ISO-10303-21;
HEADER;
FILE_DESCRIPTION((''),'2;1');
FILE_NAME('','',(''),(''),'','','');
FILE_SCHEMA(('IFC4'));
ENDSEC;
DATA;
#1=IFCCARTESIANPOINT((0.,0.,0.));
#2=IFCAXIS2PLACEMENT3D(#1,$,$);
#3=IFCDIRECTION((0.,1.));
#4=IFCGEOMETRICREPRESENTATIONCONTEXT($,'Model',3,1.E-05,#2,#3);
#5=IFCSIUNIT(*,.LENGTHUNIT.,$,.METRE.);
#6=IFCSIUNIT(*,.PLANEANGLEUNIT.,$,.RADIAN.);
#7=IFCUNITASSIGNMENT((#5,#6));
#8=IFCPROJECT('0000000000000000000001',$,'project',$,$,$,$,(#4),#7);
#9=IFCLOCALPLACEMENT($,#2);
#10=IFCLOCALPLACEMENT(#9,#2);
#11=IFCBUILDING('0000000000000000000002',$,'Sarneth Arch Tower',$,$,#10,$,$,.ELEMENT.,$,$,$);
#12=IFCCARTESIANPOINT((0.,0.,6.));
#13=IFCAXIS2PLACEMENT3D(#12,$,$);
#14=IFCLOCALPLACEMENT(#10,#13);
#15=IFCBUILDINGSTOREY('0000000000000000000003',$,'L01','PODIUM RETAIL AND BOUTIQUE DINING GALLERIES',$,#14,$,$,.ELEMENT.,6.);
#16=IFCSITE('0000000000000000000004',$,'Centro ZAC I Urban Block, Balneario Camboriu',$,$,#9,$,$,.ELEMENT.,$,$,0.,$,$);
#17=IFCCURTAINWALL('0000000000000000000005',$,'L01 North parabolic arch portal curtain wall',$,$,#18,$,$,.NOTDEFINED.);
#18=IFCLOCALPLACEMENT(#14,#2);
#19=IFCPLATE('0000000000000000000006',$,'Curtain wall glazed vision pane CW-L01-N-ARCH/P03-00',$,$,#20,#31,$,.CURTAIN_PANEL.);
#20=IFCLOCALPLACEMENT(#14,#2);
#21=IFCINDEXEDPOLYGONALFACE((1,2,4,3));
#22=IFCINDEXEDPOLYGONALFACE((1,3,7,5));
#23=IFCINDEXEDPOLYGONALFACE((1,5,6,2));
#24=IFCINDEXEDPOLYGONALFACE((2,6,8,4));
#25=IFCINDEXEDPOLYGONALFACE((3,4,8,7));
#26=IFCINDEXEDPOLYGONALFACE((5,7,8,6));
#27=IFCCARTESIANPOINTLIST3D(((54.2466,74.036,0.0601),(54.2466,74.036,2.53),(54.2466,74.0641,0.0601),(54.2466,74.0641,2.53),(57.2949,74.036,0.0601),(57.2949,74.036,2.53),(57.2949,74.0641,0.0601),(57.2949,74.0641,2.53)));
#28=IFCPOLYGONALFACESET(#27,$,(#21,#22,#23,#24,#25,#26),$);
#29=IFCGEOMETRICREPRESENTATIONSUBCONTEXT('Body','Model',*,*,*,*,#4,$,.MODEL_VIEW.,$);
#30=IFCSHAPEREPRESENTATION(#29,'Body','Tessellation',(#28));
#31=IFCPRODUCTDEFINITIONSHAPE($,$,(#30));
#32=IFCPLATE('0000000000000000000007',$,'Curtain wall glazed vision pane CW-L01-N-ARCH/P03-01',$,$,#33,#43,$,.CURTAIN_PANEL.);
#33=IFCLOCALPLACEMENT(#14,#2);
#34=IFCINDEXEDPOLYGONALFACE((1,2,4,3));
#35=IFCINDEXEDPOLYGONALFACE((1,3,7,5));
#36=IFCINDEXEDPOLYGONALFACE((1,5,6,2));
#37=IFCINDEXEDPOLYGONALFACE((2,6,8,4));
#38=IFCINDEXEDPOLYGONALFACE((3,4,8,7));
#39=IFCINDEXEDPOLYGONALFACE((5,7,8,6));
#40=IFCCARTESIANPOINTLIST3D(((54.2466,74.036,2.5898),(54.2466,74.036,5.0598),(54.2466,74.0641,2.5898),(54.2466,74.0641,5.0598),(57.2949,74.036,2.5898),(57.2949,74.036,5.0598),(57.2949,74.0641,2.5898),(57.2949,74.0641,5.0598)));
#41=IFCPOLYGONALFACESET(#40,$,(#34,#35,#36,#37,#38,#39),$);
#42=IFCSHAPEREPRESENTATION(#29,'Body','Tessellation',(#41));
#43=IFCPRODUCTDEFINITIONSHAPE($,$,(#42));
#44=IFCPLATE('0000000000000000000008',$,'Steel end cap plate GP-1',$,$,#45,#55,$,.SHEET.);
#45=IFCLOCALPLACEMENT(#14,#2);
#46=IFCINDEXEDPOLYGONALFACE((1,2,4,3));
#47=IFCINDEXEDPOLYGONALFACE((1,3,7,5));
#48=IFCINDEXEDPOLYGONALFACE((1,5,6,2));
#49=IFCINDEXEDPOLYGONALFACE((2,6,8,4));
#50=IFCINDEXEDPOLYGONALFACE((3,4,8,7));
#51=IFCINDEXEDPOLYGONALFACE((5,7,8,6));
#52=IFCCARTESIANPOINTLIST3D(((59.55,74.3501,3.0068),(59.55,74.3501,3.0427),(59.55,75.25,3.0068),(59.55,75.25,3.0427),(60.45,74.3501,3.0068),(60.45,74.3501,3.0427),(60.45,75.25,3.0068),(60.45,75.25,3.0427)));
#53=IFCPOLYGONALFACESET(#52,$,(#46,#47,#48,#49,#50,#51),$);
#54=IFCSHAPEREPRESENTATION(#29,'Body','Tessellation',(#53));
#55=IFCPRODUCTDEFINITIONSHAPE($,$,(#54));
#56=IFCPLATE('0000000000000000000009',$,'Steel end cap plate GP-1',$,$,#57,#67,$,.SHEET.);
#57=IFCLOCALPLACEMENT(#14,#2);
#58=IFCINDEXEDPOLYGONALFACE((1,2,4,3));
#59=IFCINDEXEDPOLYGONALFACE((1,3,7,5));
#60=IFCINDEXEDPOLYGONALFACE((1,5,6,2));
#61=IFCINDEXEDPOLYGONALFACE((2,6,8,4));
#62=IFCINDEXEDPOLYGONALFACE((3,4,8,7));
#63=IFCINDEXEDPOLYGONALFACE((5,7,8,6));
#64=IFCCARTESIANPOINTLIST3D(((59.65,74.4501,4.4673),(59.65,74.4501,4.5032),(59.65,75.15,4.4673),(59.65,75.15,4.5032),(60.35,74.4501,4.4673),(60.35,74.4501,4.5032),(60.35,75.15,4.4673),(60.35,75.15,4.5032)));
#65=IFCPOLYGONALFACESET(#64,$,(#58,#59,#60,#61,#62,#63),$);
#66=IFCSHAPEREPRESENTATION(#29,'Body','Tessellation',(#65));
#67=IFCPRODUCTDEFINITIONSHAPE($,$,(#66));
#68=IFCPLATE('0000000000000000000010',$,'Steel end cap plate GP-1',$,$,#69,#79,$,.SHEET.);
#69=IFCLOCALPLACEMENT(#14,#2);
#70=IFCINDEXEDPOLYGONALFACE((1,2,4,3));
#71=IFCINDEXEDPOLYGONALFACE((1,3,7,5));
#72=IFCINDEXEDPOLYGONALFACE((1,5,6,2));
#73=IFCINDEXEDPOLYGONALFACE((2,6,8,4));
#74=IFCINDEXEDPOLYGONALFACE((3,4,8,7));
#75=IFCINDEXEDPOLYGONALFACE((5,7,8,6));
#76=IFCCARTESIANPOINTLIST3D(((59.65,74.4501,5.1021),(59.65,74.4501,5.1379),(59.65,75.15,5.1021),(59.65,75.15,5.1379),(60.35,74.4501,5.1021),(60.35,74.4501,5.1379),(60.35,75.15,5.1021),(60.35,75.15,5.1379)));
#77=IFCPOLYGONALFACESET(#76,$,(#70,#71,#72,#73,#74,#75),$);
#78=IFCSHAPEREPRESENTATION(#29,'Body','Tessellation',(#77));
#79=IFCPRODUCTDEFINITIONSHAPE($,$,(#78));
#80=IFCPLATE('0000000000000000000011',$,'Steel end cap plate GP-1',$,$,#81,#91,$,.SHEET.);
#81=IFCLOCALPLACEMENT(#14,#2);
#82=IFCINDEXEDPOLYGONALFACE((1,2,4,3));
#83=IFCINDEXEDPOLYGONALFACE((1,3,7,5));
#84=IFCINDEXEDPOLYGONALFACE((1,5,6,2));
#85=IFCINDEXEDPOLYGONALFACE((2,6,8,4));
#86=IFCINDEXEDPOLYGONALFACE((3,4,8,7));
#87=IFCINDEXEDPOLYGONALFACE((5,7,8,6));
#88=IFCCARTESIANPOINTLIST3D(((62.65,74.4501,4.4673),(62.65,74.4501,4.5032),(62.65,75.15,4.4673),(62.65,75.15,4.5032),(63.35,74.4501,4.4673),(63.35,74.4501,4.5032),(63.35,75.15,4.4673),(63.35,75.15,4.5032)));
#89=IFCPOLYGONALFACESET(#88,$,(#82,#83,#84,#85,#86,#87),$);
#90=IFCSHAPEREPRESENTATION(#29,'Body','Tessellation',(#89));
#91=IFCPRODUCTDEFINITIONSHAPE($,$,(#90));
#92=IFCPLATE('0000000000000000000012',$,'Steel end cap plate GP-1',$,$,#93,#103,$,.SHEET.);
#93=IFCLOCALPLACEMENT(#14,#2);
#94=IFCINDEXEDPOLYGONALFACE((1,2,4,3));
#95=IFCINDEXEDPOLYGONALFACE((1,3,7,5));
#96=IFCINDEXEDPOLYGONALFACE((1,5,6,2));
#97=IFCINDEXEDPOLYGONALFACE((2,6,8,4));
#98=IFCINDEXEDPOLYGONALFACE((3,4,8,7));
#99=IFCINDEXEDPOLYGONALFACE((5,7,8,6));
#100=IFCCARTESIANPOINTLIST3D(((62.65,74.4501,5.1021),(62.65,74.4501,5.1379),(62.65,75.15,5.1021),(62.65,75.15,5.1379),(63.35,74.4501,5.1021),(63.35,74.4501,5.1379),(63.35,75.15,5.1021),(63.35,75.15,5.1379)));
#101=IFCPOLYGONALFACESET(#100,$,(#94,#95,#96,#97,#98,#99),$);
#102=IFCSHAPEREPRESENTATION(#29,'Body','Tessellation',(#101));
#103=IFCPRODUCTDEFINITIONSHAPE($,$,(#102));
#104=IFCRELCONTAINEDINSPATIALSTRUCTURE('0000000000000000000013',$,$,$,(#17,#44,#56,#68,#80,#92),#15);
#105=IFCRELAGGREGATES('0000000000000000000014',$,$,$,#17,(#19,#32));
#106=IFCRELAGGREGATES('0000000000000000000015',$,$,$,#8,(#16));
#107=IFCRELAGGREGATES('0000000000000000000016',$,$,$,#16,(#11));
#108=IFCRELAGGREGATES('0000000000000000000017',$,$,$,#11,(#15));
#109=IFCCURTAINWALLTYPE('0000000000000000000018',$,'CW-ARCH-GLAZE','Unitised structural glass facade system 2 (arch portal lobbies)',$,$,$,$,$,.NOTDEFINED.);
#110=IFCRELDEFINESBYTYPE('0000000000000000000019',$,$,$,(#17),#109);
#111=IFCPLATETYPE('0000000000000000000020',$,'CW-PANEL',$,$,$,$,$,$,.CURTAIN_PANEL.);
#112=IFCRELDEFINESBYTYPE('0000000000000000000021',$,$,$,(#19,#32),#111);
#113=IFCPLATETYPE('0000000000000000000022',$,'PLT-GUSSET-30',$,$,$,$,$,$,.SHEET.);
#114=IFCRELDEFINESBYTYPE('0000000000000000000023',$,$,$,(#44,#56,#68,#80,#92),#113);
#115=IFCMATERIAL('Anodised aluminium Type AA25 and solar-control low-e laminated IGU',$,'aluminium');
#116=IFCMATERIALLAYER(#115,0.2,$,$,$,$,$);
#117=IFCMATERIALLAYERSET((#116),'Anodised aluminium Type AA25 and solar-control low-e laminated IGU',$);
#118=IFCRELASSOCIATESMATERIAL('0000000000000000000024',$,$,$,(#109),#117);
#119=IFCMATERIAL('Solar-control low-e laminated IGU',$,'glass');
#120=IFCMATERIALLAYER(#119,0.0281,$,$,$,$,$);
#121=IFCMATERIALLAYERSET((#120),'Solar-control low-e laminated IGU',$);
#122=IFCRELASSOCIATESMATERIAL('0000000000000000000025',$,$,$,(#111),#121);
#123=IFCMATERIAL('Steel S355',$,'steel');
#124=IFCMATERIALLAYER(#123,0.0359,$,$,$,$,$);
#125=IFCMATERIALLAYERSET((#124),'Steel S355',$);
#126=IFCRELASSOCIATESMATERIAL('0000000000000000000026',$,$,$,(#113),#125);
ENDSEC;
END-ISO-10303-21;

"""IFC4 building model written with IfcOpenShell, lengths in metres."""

from ifc_helpers import new_model, si_unit, direction, frame, origin, origin_2d, place, context, subcontext, project, spatial, rectangle, extrude, material, layer, layer_set, type_object, element, aggregate, save


model = new_model("IFC4")

# Units and contexts
model_context = context("Model", 3, precision=1e-05, world=origin(), true_north=direction((0.0, 1.0)))
body_context = subcontext(model_context, "Body", "Model", "MODEL_VIEW")
ifc_project = project(units=[si_unit("LENGTHUNIT", "METRE"), si_unit("PLANEANGLEUNIT", "RADIAN")], contexts=[model_context])

# Site, building, storey
site_placement = place(None, origin())
site = spatial("IfcSite", under=ifc_project, at=site_placement, Name="Centro ZAC I Urban Block, Balneario Camboriu", CompositionType="ELEMENT", RefElevation=0.0)
building_placement = place(site_placement, origin())
building = spatial("IfcBuilding", under=site, at=building_placement, Name="Sarneth Arch Tower", CompositionType="ELEMENT")
storey_placement = place(building_placement, frame((0.0, 0.0, 6.0)))
storey = spatial("IfcBuildingStorey", under=building, at=storey_placement, Name="L01", Description="PODIUM RETAIL AND BOUTIQUE DINING GALLERIES", CompositionType="ELEMENT", Elevation=6.0)

# Curtain wall
ifc_material_1 = material(Name="Anodised aluminium Type AA25 and solar-control low-e laminated IGU", Category="aluminium")
ifc_layer_1 = layer(ifc_material_1, 0.2)
ifc_layer_set_1 = layer_set([ifc_layer_1], Name="Anodised aluminium Type AA25 and solar-control low-e laminated IGU")
curtain_wall_type = type_object("IfcCurtainWallType", Name="CW-ARCH-GLAZE", Description="Unitised structural glass facade system 2 (arch portal lobbies)", PredefinedType="NOTDEFINED", material=ifc_layer_set_1)
curtain_wall_placement = place(storey_placement, origin())
curtain_wall = element("IfcCurtainWall", 1, at=curtain_wall_placement, inside=storey, type_object=curtain_wall_type, Name="L01 North parabolic arch portal curtain wall", PredefinedType="NOTDEFINED")

# Plates
ifc_material_2 = material(Name="Solar-control low-e laminated IGU", Category="glass")
ifc_layer_2 = layer(ifc_material_2, 0.0281)
ifc_layer_set_2 = layer_set([ifc_layer_2], Name="Solar-control low-e laminated IGU")
plate_type_1 = type_object("IfcPlateType", Name="CW-PANEL", PredefinedType="CURTAIN_PANEL", material=ifc_layer_set_2)
plate_1_placement = place(storey_placement, frame((55.7708, 74.05, 0.0601), z_axis=(0.0, 0.0, 1.0), x_axis=(-1.0, 0.0, 0.0)))
plate_1 = element("IfcPlate", 2, at=plate_1_placement, type_object=plate_type_1, Name="Curtain wall glazed vision pane CW-L01-N-ARCH/P03-00", PredefinedType="CURTAIN_PANEL", context=body_context, shape_type="SweptSolid", body=[
    extrude(rectangle(XDim=3.0483, YDim=0.0281, at=origin_2d()), origin(), (0.0, 0.0, 1.0), 2.47),
])
plate_2_placement = place(storey_placement, frame((55.7708, 74.05, 2.5898), z_axis=(0.0, 0.0, 1.0), x_axis=(-1.0, 0.0, 0.0)))
plate_2 = element("IfcPlate", 3, at=plate_2_placement, type_object=plate_type_1, Name="Curtain wall glazed vision pane CW-L01-N-ARCH/P03-01", PredefinedType="CURTAIN_PANEL", context=body_context, shape_type="SweptSolid", body=[
    extrude(rectangle(XDim=3.0483, YDim=0.0281, at=origin_2d()), origin(), (0.0, 0.0, 1.0), 2.47),
])
aggregate(curtain_wall, [plate_1, plate_2])

# Plates
ifc_material_3 = material(Name="Steel S355", Category="steel")
ifc_layer_3 = layer(ifc_material_3, 0.0359)
ifc_layer_set_3 = layer_set([ifc_layer_3], Name="Steel S355")
plate_type_2 = type_object("IfcPlateType", Name="PLT-GUSSET-30", PredefinedType="SHEET", material=ifc_layer_set_3)
plate_3_placement = place(storey_placement, frame((60.0, 74.8, 3.0068), z_axis=(0.0, 0.0, 1.0), x_axis=(-1.0, 0.0, 0.0)))
element("IfcPlate", 4, at=plate_3_placement, inside=storey, type_object=plate_type_2, Name="Steel end cap plate GP-1", PredefinedType="SHEET", context=body_context, shape_type="SweptSolid", body=[
    extrude(rectangle(XDim=0.8999, YDim=0.8999, at=origin_2d()), origin(), (0.0, 0.0, 1.0), 0.0359),
])
for number, where, z_axis, x_axis, name in (
    (5, (60.0, 74.8, 4.4673), (0.0, 0.0, 1.0), (1.0, 0.0, 0.0), "Steel end cap plate GP-1"),
    (6, (60.0, 74.8, 5.1021), (0.0, 0.0, 1.0), (1.0, 0.0, 0.0), "Steel end cap plate GP-1"),
    (7, (63.0, 74.8, 4.4673), (0.0, 0.0, 1.0), (1.0, 0.0, 0.0), "Steel end cap plate GP-1"),
    (8, (63.0, 74.8, 5.1021), (0.0, 0.0, 1.0), (1.0, 0.0, 0.0), "Steel end cap plate GP-1"),
):
    element("IfcPlate", number, at=place(storey_placement, frame(where, z_axis=z_axis, x_axis=x_axis)), inside=storey, type_object=plate_type_2, Name=name, PredefinedType="SHEET", context=body_context, shape_type="SweptSolid", body=[
        extrude(rectangle(XDim=0.7, YDim=0.7, at=origin_2d()), origin(), (0.0, 0.0, 1.0), 0.0359),
    ])

save(model, "model.ifc")
